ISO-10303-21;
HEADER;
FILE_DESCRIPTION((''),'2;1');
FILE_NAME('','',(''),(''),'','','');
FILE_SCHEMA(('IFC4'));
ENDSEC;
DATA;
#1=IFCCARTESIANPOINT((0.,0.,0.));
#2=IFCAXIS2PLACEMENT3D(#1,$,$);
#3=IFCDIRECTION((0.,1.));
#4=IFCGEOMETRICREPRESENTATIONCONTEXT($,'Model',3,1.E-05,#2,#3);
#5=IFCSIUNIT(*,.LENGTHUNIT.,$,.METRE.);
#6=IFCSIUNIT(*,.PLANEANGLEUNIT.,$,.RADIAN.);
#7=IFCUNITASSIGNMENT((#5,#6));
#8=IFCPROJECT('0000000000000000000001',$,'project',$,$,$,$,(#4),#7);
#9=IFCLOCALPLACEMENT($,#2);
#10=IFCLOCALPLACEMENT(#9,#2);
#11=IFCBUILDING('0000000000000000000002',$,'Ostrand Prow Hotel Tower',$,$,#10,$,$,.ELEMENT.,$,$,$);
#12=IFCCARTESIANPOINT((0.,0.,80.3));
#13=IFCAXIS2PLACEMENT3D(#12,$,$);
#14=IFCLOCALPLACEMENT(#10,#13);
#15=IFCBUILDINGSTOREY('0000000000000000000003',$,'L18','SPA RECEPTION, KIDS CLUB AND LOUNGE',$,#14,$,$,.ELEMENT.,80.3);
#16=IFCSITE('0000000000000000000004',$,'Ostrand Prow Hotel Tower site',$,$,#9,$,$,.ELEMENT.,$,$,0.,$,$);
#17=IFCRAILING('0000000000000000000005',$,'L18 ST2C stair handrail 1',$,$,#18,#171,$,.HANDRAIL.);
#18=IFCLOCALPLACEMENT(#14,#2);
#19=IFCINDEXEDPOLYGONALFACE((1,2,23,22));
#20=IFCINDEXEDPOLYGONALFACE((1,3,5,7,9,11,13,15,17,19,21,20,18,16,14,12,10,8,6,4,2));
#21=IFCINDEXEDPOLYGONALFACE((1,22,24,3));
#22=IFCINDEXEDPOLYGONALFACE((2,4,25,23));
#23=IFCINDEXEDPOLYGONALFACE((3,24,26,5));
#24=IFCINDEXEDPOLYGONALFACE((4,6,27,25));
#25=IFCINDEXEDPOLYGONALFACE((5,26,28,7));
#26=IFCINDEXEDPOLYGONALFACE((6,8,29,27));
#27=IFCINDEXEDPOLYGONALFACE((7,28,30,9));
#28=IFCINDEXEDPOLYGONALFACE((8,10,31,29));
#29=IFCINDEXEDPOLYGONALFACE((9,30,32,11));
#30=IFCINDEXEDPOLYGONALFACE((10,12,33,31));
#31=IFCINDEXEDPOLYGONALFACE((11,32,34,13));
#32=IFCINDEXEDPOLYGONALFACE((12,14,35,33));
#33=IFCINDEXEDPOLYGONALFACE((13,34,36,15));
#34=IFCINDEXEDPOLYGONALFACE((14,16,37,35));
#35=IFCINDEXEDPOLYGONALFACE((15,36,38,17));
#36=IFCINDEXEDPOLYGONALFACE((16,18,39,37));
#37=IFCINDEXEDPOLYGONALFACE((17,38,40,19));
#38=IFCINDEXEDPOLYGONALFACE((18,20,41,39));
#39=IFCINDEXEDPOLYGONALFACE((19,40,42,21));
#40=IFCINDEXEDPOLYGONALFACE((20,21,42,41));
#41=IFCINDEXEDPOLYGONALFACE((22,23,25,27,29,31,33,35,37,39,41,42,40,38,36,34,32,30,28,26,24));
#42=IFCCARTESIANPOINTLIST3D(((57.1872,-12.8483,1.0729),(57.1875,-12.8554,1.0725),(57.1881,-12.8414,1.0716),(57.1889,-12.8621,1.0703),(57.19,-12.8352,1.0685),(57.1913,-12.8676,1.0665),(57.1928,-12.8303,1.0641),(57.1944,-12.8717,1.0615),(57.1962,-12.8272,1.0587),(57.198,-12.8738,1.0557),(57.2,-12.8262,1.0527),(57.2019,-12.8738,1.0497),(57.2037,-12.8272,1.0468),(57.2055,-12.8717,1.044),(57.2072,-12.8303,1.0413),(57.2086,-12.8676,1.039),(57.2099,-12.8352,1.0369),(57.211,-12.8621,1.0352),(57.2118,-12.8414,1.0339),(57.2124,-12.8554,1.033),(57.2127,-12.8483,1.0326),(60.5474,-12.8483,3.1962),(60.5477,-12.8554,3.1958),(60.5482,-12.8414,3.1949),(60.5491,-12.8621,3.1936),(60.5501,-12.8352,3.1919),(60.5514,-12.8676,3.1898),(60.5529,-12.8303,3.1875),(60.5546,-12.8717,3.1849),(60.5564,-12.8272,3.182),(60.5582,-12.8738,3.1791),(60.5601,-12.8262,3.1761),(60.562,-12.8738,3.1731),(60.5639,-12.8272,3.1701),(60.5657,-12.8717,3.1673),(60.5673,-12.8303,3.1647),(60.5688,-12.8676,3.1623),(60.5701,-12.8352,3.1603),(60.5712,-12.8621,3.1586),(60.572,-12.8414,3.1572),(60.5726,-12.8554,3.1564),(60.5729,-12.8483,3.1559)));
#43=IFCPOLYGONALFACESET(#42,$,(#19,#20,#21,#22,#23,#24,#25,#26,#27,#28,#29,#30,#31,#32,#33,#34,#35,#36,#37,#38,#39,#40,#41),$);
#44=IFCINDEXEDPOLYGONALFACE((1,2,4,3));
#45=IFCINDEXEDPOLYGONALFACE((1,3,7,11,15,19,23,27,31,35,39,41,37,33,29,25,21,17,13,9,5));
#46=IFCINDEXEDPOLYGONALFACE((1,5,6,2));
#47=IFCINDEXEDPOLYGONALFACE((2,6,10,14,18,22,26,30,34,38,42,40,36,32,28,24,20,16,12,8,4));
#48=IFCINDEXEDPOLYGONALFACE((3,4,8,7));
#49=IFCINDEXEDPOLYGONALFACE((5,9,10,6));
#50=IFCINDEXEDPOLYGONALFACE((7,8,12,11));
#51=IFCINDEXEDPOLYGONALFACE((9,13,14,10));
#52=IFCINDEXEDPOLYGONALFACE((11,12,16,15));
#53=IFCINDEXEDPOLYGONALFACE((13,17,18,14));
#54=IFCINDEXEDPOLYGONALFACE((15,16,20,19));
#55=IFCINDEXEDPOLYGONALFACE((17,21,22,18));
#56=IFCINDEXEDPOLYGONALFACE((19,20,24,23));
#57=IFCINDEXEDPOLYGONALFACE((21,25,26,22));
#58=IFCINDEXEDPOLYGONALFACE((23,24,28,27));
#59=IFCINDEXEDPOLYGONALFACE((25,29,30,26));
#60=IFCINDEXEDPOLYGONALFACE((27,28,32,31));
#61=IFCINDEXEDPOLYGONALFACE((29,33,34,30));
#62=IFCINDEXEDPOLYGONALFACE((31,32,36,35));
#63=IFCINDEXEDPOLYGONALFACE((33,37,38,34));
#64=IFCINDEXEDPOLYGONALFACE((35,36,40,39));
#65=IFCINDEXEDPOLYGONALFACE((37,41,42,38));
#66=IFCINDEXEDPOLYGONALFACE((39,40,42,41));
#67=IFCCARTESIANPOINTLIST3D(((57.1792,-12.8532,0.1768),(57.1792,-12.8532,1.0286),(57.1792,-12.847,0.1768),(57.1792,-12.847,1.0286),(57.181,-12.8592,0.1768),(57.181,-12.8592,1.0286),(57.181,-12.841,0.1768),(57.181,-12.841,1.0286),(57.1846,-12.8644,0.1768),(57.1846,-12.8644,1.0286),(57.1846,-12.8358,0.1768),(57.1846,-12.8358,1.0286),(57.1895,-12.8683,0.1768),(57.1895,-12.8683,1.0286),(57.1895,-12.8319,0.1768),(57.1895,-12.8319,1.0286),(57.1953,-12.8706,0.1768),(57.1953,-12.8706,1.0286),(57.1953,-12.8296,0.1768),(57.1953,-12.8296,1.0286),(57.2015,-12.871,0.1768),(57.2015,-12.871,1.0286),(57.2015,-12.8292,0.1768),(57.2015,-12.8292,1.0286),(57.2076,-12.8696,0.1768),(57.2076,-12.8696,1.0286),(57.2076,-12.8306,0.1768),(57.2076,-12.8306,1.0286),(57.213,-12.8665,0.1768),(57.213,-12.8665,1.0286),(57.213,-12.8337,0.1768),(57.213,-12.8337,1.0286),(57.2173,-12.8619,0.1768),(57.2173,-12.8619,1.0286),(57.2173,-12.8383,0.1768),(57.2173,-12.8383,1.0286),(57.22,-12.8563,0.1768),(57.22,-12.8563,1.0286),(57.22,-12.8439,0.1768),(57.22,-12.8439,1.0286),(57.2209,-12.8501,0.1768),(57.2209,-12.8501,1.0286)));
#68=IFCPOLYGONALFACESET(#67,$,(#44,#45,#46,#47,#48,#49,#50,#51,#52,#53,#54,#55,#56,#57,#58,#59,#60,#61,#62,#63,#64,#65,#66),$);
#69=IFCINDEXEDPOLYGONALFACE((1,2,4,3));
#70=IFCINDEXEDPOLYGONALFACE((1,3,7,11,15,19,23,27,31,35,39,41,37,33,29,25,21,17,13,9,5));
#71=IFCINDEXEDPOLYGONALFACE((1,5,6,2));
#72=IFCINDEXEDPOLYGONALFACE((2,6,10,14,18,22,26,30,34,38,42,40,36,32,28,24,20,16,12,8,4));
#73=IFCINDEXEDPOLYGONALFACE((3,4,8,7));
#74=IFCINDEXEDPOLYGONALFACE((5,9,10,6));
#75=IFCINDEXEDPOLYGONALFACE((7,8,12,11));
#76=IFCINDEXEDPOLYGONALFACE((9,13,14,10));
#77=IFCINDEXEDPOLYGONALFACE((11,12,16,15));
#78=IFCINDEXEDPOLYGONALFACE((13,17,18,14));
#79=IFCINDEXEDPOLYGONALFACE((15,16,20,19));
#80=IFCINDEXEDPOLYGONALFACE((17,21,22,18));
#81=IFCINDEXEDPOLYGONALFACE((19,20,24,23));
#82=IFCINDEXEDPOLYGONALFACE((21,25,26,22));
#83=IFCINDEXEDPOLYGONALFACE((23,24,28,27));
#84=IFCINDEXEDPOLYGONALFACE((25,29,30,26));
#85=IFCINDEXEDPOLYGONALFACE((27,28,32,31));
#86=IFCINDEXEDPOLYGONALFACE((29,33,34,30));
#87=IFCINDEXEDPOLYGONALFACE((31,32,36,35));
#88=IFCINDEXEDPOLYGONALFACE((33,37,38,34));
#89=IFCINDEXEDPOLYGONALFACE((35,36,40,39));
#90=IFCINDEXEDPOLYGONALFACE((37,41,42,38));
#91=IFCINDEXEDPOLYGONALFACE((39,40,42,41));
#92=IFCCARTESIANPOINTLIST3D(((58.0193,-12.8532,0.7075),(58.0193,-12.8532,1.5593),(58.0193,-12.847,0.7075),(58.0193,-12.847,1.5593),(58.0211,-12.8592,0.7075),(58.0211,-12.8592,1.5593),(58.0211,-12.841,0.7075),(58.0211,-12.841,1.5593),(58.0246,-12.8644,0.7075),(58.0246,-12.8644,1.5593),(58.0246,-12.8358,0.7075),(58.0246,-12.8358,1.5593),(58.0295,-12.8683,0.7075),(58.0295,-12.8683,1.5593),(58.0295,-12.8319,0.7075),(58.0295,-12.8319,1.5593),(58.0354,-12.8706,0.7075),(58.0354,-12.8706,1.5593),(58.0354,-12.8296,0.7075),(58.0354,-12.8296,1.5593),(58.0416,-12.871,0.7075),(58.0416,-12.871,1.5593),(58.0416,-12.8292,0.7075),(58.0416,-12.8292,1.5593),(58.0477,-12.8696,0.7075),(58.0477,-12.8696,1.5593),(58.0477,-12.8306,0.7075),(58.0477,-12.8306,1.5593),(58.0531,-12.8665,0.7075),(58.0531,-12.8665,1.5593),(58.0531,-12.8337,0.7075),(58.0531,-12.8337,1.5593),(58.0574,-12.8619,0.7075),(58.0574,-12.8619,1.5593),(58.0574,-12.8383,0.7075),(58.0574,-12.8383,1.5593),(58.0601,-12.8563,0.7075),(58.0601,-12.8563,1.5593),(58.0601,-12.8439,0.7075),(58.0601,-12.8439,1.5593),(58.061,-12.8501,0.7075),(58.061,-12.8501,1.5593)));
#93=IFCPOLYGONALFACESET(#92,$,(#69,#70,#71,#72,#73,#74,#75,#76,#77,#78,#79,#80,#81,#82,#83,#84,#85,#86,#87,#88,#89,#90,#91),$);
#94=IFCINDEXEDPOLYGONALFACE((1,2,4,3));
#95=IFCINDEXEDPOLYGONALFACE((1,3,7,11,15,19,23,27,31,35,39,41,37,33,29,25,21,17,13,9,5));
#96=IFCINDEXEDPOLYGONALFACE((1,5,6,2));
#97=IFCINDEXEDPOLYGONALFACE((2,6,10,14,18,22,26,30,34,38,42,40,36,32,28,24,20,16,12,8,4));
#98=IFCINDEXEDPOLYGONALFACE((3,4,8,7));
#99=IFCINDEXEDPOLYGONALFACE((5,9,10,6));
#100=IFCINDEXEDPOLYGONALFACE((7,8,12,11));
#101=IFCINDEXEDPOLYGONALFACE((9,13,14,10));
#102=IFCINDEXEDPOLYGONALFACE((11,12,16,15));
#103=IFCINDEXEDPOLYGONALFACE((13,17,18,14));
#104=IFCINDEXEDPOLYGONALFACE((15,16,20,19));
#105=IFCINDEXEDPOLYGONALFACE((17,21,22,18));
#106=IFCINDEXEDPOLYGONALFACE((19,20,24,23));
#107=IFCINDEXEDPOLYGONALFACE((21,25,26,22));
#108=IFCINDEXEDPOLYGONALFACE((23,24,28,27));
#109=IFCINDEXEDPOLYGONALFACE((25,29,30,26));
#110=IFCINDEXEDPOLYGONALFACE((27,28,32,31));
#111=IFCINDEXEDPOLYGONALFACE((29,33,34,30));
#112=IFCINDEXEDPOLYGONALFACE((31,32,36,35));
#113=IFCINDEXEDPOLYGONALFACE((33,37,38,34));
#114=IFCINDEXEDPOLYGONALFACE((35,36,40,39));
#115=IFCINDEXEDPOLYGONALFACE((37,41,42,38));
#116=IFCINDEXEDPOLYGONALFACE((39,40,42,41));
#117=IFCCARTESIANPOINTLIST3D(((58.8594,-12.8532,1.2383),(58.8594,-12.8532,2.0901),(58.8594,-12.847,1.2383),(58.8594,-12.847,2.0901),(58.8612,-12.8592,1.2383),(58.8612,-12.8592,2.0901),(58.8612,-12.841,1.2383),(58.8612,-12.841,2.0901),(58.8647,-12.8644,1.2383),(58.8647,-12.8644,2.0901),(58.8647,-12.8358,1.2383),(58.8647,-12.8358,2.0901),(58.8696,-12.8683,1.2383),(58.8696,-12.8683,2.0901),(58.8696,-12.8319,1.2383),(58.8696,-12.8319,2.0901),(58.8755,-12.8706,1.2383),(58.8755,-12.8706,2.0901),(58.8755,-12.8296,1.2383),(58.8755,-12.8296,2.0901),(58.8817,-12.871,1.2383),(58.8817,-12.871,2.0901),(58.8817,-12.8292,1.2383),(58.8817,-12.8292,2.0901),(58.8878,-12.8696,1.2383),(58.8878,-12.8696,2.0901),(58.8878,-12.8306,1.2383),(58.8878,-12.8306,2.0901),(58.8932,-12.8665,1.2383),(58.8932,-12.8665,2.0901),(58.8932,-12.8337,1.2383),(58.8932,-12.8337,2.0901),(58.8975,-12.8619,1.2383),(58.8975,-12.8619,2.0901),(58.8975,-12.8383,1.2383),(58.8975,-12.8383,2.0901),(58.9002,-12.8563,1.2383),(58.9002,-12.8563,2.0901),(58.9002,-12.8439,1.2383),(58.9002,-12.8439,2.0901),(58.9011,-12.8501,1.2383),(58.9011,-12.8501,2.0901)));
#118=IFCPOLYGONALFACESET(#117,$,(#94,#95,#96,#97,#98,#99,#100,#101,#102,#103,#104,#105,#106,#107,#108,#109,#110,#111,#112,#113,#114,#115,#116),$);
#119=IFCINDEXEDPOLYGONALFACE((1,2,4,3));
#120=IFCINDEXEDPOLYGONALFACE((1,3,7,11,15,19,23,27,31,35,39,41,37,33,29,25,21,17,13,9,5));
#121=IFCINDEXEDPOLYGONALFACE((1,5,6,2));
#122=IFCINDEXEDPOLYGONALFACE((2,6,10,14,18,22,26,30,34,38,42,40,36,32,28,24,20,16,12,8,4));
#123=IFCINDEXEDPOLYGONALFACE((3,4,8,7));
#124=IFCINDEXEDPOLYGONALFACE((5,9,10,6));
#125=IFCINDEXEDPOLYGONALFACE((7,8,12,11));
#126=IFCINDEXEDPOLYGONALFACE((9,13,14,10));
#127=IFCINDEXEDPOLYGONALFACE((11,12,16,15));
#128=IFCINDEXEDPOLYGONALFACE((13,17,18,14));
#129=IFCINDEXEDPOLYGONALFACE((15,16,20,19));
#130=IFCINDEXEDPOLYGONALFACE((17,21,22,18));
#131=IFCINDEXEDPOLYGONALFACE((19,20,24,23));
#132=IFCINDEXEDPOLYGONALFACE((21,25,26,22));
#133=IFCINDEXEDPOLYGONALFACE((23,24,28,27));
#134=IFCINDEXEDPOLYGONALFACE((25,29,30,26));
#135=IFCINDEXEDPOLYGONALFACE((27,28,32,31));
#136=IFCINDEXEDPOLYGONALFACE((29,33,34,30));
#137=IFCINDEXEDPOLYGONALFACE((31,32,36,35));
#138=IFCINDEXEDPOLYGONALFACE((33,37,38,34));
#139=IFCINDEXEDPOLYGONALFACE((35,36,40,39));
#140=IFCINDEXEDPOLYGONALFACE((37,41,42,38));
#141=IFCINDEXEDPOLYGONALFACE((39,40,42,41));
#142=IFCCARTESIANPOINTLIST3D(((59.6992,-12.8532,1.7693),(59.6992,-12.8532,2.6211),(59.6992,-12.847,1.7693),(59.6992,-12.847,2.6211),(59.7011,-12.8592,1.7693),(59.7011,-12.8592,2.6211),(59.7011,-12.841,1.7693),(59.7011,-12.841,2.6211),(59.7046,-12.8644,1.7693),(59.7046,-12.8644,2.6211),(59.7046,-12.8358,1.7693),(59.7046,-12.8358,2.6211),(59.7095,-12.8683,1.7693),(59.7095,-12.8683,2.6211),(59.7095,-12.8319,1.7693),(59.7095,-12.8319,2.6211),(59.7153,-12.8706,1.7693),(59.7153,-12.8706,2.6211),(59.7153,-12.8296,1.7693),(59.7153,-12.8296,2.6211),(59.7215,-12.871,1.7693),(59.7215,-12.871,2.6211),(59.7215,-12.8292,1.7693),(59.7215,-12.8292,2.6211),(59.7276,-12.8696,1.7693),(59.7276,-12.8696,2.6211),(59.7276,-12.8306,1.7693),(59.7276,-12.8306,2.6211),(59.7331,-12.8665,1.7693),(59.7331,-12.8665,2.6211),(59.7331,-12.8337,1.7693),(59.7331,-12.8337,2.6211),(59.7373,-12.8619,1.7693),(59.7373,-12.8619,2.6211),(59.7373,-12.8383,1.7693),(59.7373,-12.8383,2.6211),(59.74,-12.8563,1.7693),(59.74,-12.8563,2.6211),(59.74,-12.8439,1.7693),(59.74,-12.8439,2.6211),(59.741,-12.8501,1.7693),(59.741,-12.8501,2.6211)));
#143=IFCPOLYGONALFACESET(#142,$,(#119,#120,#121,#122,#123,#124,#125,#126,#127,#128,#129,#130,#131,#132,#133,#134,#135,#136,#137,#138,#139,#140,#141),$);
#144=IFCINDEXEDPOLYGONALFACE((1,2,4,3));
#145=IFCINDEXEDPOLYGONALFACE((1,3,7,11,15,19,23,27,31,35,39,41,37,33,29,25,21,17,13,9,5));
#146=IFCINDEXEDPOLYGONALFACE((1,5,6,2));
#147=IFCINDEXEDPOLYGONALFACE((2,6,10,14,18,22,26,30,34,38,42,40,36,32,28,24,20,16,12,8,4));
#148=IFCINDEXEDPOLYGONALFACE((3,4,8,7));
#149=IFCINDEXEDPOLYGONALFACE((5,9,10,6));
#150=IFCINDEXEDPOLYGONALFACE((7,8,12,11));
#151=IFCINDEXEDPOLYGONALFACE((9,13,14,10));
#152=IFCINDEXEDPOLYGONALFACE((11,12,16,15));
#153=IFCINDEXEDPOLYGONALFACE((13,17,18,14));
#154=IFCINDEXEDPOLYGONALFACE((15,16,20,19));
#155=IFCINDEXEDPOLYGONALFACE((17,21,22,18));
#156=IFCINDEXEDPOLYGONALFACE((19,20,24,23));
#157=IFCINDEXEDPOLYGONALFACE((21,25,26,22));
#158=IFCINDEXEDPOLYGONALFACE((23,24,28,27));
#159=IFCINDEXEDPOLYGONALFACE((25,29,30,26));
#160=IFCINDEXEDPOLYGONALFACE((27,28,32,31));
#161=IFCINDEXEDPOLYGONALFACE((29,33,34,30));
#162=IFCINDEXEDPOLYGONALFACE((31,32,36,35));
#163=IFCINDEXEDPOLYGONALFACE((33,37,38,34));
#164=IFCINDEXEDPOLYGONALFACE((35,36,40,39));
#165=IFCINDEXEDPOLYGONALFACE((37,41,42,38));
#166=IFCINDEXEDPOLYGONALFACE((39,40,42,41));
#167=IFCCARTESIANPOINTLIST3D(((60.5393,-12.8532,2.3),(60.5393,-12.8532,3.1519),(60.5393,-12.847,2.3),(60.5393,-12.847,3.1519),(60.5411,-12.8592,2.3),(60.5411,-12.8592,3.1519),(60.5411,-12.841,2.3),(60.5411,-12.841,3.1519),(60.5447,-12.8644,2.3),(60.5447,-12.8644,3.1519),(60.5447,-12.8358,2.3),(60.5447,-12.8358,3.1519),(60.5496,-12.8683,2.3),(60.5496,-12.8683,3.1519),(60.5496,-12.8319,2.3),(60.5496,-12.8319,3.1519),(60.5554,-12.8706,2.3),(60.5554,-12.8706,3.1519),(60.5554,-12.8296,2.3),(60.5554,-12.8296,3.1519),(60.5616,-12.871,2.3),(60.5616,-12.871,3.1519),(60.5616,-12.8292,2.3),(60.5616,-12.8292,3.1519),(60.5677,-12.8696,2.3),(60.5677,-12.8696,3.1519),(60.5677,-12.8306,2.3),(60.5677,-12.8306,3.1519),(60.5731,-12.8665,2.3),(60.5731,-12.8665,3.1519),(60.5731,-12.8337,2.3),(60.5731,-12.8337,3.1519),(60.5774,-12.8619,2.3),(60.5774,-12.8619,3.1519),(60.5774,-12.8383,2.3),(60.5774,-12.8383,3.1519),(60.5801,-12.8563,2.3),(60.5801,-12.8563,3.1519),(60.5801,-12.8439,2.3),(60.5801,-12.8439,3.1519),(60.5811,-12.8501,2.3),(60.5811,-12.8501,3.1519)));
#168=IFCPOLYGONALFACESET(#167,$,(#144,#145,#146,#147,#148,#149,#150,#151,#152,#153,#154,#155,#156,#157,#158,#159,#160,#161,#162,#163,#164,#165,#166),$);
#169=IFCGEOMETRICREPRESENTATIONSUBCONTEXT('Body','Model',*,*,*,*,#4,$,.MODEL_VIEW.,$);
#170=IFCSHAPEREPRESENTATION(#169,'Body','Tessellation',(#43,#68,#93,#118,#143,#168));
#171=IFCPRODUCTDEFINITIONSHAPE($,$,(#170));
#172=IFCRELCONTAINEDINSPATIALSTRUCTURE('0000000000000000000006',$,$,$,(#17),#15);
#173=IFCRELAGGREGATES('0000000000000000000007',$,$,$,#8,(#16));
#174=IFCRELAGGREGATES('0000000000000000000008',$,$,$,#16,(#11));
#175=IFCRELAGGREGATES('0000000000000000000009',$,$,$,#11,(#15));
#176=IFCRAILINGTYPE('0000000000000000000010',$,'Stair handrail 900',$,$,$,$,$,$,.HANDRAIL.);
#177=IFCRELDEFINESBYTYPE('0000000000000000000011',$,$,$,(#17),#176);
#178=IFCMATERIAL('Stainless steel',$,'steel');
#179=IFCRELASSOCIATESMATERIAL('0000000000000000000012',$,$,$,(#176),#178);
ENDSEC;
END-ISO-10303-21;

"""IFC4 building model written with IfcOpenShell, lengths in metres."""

from ifc_helpers import new_model, si_unit, direction, frame, origin, origin_2d, place, context, subcontext, project, spatial, circle, extrude, material, type_object, element, save


model = new_model("IFC4")

# Units and contexts
model_context = context("Model", 3, precision=1e-05, world=origin(), true_north=direction((0.0, 1.0)))
body_context = subcontext(model_context, "Body", "Model", "MODEL_VIEW")
ifc_project = project(units=[si_unit("LENGTHUNIT", "METRE"), si_unit("PLANEANGLEUNIT", "RADIAN")], contexts=[model_context])

# Site, building, storey
site_placement = place(None, origin())
site = spatial("IfcSite", under=ifc_project, at=site_placement, Name="Ostrand Prow Hotel Tower site", CompositionType="ELEMENT", RefElevation=0.0)
building_placement = place(site_placement, origin())
building = spatial("IfcBuilding", under=site, at=building_placement, Name="Ostrand Prow Hotel Tower", CompositionType="ELEMENT")
storey_placement = place(building_placement, frame((0.0, 0.0, 80.3)))
storey = spatial("IfcBuildingStorey", under=building, at=storey_placement, Name="L18", Description="SPA RECEPTION, KIDS CLUB AND LOUNGE", CompositionType="ELEMENT", Elevation=80.3)

# Railing
ifc_material_1 = material(Name="Stainless steel", Category="steel")
railing_type_1 = type_object("IfcRailingType", Name="Stair handrail 900", PredefinedType="HANDRAIL", material=ifc_material_1)
railing_1_placement = place(storey_placement, frame((57.2, -12.8501, 0.1768)))
element("IfcRailing", 1, at=railing_1_placement, inside=storey, type_object=railing_type_1, Name="L18 ST2C stair handrail 1", PredefinedType="HANDRAIL", context=body_context, shape_type="SweptSolid", body=[
    extrude(circle(Radius=0.0239, at=origin_2d()), frame((0.0, 0.0, 0.876), z_axis=(0.845362, 0.0, 0.534194), x_axis=(0.0, 1.0, 0.0)), (0.0, 0.0, 1.0), 3.9749),
    extrude(circle(Radius=0.021, at=origin_2d()), origin(), (0.0, 0.0, 1.0), 0.8518),
    extrude(circle(Radius=0.021, at=origin_2d()), frame((0.8401, 0.0, 0.5308)), (0.0, 0.0, 1.0), 0.8518),
    extrude(circle(Radius=0.021, at=origin_2d()), frame((1.6802, 0.0, 1.0615)), (0.0, 0.0, 1.0), 0.8518),
    extrude(circle(Radius=0.021, at=origin_2d()), frame((2.52, 0.0, 1.5925)), (0.0, 0.0, 1.0), 0.8518),
    extrude(circle(Radius=0.021, at=origin_2d()), frame((3.3601, 0.0, 2.1233)), (0.0, 0.0, 1.0), 0.8518),
])

save(model, "model.ifc")
